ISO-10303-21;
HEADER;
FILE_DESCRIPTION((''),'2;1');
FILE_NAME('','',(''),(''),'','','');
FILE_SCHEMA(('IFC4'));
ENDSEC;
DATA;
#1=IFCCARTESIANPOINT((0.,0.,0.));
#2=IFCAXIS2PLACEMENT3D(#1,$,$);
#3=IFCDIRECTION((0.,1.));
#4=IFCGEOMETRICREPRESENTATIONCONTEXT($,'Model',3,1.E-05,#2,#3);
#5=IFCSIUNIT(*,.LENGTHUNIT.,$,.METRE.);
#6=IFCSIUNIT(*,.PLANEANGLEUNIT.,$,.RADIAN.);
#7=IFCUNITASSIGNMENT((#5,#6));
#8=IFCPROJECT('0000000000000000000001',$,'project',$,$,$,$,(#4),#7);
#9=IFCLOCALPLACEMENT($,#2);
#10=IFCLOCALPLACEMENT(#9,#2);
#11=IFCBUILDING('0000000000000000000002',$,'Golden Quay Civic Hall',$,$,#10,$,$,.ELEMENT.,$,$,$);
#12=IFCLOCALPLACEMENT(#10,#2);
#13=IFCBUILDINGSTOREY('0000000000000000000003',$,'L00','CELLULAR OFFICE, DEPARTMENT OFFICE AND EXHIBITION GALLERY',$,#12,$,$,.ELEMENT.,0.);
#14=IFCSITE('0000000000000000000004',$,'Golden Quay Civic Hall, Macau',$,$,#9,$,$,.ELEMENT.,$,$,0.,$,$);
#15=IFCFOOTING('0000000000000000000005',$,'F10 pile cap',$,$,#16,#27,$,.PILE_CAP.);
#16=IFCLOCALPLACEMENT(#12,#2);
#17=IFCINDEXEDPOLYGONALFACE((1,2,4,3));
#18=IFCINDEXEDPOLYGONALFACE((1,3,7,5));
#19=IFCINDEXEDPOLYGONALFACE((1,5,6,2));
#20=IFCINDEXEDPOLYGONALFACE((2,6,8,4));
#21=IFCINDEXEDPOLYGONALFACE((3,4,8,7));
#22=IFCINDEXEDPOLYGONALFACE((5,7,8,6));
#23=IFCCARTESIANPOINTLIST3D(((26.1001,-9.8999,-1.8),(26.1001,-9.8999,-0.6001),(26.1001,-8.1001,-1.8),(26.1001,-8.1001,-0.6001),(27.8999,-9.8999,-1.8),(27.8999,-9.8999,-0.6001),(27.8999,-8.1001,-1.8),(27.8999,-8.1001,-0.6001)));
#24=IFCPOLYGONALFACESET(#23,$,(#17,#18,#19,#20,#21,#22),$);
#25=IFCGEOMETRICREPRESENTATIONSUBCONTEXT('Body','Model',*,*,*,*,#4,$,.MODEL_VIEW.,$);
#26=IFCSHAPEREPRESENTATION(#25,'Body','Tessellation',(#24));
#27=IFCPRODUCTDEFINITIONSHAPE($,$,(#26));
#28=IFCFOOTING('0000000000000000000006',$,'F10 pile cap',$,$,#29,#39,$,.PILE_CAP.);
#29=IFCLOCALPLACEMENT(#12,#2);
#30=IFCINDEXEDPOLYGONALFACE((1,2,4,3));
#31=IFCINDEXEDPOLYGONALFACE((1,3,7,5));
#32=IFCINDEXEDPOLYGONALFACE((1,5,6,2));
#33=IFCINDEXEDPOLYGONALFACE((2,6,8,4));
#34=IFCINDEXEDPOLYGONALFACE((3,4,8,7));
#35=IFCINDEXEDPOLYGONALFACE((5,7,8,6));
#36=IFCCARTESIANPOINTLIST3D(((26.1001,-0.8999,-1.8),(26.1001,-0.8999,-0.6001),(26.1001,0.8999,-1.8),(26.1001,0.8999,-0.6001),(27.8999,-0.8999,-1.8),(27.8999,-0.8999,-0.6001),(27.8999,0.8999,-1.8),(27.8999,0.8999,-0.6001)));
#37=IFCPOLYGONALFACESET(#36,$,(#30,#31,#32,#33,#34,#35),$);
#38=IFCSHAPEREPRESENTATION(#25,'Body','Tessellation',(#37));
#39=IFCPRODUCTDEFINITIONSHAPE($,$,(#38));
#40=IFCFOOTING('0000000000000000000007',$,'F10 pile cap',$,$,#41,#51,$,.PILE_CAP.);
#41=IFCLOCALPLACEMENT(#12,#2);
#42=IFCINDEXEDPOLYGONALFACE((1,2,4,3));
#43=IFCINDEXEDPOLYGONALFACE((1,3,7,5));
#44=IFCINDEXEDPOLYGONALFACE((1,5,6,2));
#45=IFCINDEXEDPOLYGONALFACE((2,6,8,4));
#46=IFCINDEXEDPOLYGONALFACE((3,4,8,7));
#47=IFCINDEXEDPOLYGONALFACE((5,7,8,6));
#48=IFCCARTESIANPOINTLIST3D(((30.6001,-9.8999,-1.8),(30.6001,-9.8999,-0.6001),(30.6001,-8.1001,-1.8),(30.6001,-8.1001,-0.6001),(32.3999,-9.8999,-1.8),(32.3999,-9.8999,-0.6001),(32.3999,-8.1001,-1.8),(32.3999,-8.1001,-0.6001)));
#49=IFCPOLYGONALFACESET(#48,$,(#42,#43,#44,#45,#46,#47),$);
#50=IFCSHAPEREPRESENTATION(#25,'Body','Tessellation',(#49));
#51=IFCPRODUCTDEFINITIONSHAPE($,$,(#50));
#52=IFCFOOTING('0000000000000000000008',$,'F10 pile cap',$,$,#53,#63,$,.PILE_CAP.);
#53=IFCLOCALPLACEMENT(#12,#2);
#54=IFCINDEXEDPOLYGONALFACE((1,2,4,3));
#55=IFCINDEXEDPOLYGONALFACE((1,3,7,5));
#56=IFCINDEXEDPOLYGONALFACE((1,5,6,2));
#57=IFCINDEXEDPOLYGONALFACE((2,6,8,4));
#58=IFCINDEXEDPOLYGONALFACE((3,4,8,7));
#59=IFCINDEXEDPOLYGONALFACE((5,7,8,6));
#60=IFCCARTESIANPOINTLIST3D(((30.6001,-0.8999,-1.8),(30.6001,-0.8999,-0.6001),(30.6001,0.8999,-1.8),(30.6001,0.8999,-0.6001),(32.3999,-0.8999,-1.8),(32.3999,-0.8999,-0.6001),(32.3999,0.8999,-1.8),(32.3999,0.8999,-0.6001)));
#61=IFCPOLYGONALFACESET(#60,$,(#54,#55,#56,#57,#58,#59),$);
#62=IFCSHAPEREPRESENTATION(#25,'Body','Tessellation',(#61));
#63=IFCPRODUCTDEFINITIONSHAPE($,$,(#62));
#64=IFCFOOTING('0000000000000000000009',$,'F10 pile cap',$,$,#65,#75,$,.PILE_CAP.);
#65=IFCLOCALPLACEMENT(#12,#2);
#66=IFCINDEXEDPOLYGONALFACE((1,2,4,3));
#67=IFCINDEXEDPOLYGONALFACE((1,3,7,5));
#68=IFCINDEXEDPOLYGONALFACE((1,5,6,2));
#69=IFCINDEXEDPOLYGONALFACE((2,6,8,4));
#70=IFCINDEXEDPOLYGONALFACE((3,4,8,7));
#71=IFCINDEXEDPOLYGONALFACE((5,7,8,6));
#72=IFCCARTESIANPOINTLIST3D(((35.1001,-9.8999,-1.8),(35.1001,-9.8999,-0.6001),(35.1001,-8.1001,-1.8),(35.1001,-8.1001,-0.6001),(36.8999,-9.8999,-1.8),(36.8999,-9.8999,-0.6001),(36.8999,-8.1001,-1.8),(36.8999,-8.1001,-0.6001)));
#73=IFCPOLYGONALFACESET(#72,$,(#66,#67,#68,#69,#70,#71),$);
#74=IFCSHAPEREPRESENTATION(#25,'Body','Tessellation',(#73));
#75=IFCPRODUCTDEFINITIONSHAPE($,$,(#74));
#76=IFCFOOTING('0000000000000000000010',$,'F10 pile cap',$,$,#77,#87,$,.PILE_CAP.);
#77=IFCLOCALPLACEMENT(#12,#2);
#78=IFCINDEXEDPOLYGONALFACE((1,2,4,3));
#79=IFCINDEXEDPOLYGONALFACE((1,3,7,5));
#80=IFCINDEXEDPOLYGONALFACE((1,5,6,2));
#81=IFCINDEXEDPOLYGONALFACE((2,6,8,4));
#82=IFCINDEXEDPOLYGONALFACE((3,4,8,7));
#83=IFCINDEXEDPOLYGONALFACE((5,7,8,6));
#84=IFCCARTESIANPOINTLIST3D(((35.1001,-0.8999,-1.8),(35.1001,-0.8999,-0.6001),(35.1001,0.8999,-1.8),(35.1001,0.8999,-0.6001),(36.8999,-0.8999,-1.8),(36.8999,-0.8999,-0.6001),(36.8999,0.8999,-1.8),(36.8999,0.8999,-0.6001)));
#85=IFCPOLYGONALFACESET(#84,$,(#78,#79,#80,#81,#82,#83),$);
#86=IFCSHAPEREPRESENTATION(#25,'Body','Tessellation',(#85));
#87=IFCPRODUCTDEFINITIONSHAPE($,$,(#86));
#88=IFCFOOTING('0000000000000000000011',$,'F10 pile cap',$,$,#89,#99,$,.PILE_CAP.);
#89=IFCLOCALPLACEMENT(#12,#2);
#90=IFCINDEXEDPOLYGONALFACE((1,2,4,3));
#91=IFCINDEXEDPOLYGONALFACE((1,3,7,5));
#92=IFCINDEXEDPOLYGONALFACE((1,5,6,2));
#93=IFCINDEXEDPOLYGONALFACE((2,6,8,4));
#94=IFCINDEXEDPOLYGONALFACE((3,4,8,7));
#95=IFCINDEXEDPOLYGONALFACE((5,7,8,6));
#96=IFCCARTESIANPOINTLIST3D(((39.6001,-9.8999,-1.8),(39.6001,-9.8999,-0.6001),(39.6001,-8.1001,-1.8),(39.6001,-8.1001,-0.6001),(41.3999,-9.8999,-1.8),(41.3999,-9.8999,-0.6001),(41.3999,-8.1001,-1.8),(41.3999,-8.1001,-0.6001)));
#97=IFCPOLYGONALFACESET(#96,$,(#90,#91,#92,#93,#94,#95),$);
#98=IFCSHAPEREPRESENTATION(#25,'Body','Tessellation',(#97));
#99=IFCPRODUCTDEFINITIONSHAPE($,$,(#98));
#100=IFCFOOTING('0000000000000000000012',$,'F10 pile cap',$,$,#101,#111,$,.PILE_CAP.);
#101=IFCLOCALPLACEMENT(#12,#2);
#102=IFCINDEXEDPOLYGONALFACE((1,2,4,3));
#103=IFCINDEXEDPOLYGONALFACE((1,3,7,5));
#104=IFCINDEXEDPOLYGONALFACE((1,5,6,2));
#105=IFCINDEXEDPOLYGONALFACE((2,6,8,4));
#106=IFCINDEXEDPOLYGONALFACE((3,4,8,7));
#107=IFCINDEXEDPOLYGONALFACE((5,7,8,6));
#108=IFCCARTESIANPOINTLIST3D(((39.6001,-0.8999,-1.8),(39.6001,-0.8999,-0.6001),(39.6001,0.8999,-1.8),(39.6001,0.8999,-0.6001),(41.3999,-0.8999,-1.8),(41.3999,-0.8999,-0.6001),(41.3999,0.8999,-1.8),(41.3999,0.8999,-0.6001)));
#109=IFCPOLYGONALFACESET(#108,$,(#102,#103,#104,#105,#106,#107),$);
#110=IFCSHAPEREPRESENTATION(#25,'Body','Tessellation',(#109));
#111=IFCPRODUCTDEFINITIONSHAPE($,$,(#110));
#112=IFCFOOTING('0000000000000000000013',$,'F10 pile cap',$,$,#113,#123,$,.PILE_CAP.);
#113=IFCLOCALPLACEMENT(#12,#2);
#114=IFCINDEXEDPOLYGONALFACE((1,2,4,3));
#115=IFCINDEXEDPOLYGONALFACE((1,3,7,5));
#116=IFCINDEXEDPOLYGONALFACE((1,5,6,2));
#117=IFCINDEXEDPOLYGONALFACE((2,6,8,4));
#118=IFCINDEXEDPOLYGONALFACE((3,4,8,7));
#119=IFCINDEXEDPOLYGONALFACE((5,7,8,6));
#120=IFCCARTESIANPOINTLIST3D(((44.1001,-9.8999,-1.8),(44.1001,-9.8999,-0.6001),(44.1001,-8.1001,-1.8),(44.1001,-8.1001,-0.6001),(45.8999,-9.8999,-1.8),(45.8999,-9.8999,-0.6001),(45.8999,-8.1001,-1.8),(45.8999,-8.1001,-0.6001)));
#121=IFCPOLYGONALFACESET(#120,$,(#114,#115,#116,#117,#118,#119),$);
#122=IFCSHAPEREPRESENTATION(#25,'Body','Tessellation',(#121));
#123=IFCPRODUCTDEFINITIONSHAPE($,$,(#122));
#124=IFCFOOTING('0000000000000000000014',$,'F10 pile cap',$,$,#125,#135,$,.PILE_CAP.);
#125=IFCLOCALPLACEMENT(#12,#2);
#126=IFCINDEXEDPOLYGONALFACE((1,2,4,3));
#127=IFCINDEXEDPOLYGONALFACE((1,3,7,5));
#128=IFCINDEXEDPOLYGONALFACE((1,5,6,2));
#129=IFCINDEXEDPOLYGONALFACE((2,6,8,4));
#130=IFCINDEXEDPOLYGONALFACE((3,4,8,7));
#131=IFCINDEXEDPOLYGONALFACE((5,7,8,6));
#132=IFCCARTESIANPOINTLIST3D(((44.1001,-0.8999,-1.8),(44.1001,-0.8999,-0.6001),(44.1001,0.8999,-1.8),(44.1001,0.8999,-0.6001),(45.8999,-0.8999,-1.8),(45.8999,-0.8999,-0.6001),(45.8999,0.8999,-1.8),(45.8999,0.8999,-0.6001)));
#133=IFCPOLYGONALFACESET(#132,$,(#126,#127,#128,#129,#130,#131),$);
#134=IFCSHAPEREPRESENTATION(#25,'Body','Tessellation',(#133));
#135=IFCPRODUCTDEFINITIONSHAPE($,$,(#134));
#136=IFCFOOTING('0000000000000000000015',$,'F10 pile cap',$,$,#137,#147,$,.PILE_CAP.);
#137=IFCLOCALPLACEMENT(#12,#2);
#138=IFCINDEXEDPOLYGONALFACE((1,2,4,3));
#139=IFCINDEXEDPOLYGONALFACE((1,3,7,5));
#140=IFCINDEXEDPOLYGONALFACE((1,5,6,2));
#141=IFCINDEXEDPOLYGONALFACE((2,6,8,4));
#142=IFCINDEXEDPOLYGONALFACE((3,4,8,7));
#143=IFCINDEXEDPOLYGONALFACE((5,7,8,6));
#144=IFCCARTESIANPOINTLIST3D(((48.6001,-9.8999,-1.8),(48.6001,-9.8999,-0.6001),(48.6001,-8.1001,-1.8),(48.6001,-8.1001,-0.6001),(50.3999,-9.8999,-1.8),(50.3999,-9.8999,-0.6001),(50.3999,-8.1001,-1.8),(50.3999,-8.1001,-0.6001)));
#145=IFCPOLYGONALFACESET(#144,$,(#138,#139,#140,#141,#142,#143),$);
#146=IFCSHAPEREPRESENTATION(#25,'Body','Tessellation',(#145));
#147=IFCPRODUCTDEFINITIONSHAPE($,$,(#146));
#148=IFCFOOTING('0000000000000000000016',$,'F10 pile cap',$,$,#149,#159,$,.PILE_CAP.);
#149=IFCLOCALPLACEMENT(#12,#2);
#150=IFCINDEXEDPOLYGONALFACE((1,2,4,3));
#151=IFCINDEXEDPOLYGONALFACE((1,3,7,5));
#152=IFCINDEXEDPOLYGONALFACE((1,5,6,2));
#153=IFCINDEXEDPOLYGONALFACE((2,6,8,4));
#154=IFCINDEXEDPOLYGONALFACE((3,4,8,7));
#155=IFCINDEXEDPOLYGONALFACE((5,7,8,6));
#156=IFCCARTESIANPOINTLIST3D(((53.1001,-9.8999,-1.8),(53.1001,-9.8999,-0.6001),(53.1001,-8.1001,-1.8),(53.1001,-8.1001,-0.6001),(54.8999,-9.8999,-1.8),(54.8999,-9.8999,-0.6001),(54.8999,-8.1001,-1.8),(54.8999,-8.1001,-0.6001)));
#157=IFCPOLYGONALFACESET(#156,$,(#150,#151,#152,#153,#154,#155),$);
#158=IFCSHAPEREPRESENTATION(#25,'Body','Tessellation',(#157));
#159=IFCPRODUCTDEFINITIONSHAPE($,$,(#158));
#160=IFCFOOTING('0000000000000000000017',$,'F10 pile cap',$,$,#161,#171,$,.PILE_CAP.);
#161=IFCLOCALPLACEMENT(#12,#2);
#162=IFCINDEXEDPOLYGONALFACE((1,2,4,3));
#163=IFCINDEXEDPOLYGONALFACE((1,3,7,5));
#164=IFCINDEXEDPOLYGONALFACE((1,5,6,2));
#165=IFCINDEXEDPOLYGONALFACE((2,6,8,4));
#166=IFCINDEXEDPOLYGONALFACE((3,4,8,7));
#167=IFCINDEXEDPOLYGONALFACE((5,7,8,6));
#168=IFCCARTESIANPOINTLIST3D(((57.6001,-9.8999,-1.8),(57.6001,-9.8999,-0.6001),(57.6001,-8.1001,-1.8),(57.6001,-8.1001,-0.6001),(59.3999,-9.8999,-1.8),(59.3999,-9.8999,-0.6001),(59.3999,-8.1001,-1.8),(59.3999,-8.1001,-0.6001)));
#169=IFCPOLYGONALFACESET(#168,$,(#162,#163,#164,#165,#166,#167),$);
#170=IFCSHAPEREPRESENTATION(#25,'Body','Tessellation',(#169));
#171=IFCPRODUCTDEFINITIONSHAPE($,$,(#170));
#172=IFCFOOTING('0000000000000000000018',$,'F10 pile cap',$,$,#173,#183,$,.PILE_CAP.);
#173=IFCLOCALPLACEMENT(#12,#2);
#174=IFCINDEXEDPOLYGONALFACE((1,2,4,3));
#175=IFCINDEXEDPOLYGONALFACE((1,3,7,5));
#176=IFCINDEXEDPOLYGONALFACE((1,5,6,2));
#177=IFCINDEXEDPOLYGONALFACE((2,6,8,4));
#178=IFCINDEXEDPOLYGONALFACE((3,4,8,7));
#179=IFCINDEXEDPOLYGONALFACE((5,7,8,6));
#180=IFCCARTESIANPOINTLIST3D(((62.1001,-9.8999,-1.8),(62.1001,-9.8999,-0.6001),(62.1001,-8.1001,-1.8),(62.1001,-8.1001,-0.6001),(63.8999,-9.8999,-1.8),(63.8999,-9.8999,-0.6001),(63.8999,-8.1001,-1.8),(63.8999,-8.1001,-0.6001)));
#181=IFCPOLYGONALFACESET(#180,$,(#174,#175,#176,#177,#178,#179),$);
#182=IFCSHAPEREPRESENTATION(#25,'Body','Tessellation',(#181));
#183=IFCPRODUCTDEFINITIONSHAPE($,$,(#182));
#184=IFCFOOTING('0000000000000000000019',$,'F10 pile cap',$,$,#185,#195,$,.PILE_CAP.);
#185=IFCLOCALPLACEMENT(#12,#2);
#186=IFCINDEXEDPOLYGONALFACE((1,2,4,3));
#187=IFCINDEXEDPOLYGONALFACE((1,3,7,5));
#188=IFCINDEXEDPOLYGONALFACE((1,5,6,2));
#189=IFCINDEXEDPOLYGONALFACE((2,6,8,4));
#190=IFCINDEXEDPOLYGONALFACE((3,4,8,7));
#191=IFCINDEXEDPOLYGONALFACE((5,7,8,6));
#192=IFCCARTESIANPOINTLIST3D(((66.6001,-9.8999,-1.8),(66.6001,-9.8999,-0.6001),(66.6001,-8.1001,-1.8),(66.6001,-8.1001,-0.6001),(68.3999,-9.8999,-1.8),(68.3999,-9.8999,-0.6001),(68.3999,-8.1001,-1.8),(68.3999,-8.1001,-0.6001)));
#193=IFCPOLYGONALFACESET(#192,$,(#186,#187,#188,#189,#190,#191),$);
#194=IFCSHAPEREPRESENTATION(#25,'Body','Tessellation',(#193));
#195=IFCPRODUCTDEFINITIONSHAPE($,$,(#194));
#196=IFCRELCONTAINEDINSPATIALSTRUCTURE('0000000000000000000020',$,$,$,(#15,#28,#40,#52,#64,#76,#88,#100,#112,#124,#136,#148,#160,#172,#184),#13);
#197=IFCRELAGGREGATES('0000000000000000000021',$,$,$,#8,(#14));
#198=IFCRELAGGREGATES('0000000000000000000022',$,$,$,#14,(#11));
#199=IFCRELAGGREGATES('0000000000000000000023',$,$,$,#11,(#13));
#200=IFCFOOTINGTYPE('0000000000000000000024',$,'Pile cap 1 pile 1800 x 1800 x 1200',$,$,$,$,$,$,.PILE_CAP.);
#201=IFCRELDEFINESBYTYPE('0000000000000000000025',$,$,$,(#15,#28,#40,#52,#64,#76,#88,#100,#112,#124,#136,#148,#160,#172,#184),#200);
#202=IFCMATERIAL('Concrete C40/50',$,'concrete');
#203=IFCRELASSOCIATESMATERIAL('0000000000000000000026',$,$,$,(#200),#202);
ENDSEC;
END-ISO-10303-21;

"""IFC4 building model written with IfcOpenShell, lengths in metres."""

from ifc_helpers import new_model, si_unit, direction, frame, origin, place, context, subcontext, project, spatial, polyline, outline, extrude, material, type_object, element, save


model = new_model("IFC4")

# Units and contexts
model_context = context("Model", 3, precision=1e-05, world=origin(), true_north=direction((0.0, 1.0)))
body_context = subcontext(model_context, "Body", "Model", "MODEL_VIEW")
ifc_project = project(units=[si_unit("LENGTHUNIT", "METRE"), si_unit("PLANEANGLEUNIT", "RADIAN")], contexts=[model_context])

# Site, building, storey
site_placement = place(None, origin())
site = spatial("IfcSite", under=ifc_project, at=site_placement, Name="Golden Quay Civic Hall, Macau", CompositionType="ELEMENT", RefElevation=0.0)
building_placement = place(site_placement, origin())
building = spatial("IfcBuilding", under=site, at=building_placement, Name="Golden Quay Civic Hall", CompositionType="ELEMENT")
storey_placement = place(building_placement, origin())
storey = spatial("IfcBuildingStorey", under=building, at=storey_placement, Name="L00", Description="CELLULAR OFFICE, DEPARTMENT OFFICE AND EXHIBITION GALLERY", CompositionType="ELEMENT", Elevation=0.0)

# Footings
ifc_material_1 = material(Name="Concrete C40/50", Category="concrete")
footing_type_1 = type_object("IfcFootingType", Name="Pile cap 1 pile 1800 x 1800 x 1200", PredefinedType="PILE_CAP", material=ifc_material_1)
footing_1_placement = place(storey_placement, frame((0.0, 0.0, -1.8)))
element("IfcFooting", 1, at=footing_1_placement, inside=storey, type_object=footing_type_1, Name="F10 pile cap", PredefinedType="PILE_CAP", context=body_context, shape_type="SweptSolid", body=[
    extrude(outline(polyline([(27.8999, -9.8999), (27.8999, -8.1001), (26.1001, -8.1001), (26.1001, -9.8999), (27.8999, -9.8999)])), origin(), (0.0, 0.0, 1.0), 1.2),
])
footing_2_placement = place(storey_placement, frame((0.0, 0.0, -1.8)))
element("IfcFooting", 2, at=footing_2_placement, inside=storey, type_object=footing_type_1, Name="F10 pile cap", PredefinedType="PILE_CAP", context=body_context, shape_type="SweptSolid", body=[
    extrude(outline(polyline([(27.8999, -0.8999), (27.8999, 0.8999), (26.1001, 0.8999), (26.1001, -0.8999), (27.8999, -0.8999)])), origin(), (0.0, 0.0, 1.0), 1.2),
])
footing_3_placement = place(storey_placement, frame((0.0, 0.0, -1.8)))
element("IfcFooting", 3, at=footing_3_placement, inside=storey, type_object=footing_type_1, Name="F10 pile cap", PredefinedType="PILE_CAP", context=body_context, shape_type="SweptSolid", body=[
    extrude(outline(polyline([(32.3999, -9.8999), (32.3999, -8.1001), (30.6001, -8.1001), (30.6001, -9.8999), (32.3999, -9.8999)])), origin(), (0.0, 0.0, 1.0), 1.2),
])
footing_4_placement = place(storey_placement, frame((0.0, 0.0, -1.8)))
element("IfcFooting", 4, at=footing_4_placement, inside=storey, type_object=footing_type_1, Name="F10 pile cap", PredefinedType="PILE_CAP", context=body_context, shape_type="SweptSolid", body=[
    extrude(outline(polyline([(32.3999, -0.8999), (32.3999, 0.8999), (30.6001, 0.8999), (30.6001, -0.8999), (32.3999, -0.8999)])), origin(), (0.0, 0.0, 1.0), 1.2),
])
footing_5_placement = place(storey_placement, frame((0.0, 0.0, -1.8)))
element("IfcFooting", 5, at=footing_5_placement, inside=storey, type_object=footing_type_1, Name="F10 pile cap", PredefinedType="PILE_CAP", context=body_context, shape_type="SweptSolid", body=[
    extrude(outline(polyline([(36.8999, -9.8999), (36.8999, -8.1001), (35.1001, -8.1001), (35.1001, -9.8999), (36.8999, -9.8999)])), origin(), (0.0, 0.0, 1.0), 1.2),
])
footing_6_placement = place(storey_placement, frame((0.0, 0.0, -1.8)))
element("IfcFooting", 6, at=footing_6_placement, inside=storey, type_object=footing_type_1, Name="F10 pile cap", PredefinedType="PILE_CAP", context=body_context, shape_type="SweptSolid", body=[
    extrude(outline(polyline([(36.8999, -0.8999), (36.8999, 0.8999), (35.1001, 0.8999), (35.1001, -0.8999), (36.8999, -0.8999)])), origin(), (0.0, 0.0, 1.0), 1.2),
])
footing_7_placement = place(storey_placement, frame((0.0, 0.0, -1.8)))
element("IfcFooting", 7, at=footing_7_placement, inside=storey, type_object=footing_type_1, Name="F10 pile cap", PredefinedType="PILE_CAP", context=body_context, shape_type="SweptSolid", body=[
    extrude(outline(polyline([(41.3999, -9.8999), (41.3999, -8.1001), (39.6001, -8.1001), (39.6001, -9.8999), (41.3999, -9.8999)])), origin(), (0.0, 0.0, 1.0), 1.2),
])
footing_8_placement = place(storey_placement, frame((0.0, 0.0, -1.8)))
element("IfcFooting", 8, at=footing_8_placement, inside=storey, type_object=footing_type_1, Name="F10 pile cap", PredefinedType="PILE_CAP", context=body_context, shape_type="SweptSolid", body=[
    extrude(outline(polyline([(41.3999, -0.8999), (41.3999, 0.8999), (39.6001, 0.8999), (39.6001, -0.8999), (41.3999, -0.8999)])), origin(), (0.0, 0.0, 1.0), 1.2),
])
footing_9_placement = place(storey_placement, frame((0.0, 0.0, -1.8)))
element("IfcFooting", 9, at=footing_9_placement, inside=storey, type_object=footing_type_1, Name="F10 pile cap", PredefinedType="PILE_CAP", context=body_context, shape_type="SweptSolid", body=[
    extrude(outline(polyline([(45.8999, -9.8999), (45.8999, -8.1001), (44.1001, -8.1001), (44.1001, -9.8999), (45.8999, -9.8999)])), origin(), (0.0, 0.0, 1.0), 1.2),
])
footing_10_placement = place(storey_placement, frame((0.0, 0.0, -1.8)))
element("IfcFooting", 10, at=footing_10_placement, inside=storey, type_object=footing_type_1, Name="F10 pile cap", PredefinedType="PILE_CAP", context=body_context, shape_type="SweptSolid", body=[
    extrude(outline(polyline([(45.8999, -0.8999), (45.8999, 0.8999), (44.1001, 0.8999), (44.1001, -0.8999), (45.8999, -0.8999)])), origin(), (0.0, 0.0, 1.0), 1.2),
])
footing_11_placement = place(storey_placement, frame((0.0, 0.0, -1.8)))
element("IfcFooting", 11, at=footing_11_placement, inside=storey, type_object=footing_type_1, Name="F10 pile cap", PredefinedType="PILE_CAP", context=body_context, shape_type="SweptSolid", body=[
    extrude(outline(polyline([(50.3999, -9.8999), (50.3999, -8.1001), (48.6001, -8.1001), (48.6001, -9.8999), (50.3999, -9.8999)])), origin(), (0.0, 0.0, 1.0), 1.2),
])
footing_12_placement = place(storey_placement, frame((0.0, 0.0, -1.8)))
element("IfcFooting", 12, at=footing_12_placement, inside=storey, type_object=footing_type_1, Name="F10 pile cap", PredefinedType="PILE_CAP", context=body_context, shape_type="SweptSolid", body=[
    extrude(outline(polyline([(54.8999, -9.8999), (54.8999, -8.1001), (53.1001, -8.1001), (53.1001, -9.8999), (54.8999, -9.8999)])), origin(), (0.0, 0.0, 1.0), 1.2),
])
footing_13_placement = place(storey_placement, frame((0.0, 0.0, -1.8)))
element("IfcFooting", 13, at=footing_13_placement, inside=storey, type_object=footing_type_1, Name="F10 pile cap", PredefinedType="PILE_CAP", context=body_context, shape_type="SweptSolid", body=[
    extrude(outline(polyline([(59.3999, -9.8999), (59.3999, -8.1001), (57.6001, -8.1001), (57.6001, -9.8999), (59.3999, -9.8999)])), origin(), (0.0, 0.0, 1.0), 1.2),
])
footing_14_placement = place(storey_placement, frame((0.0, 0.0, -1.8)))
element("IfcFooting", 14, at=footing_14_placement, inside=storey, type_object=footing_type_1, Name="F10 pile cap", PredefinedType="PILE_CAP", context=body_context, shape_type="SweptSolid", body=[
    extrude(outline(polyline([(63.8999, -9.8999), (63.8999, -8.1001), (62.1001, -8.1001), (62.1001, -9.8999), (63.8999, -9.8999)])), origin(), (0.0, 0.0, 1.0), 1.2),
])
footing_15_placement = place(storey_placement, frame((0.0, 0.0, -1.8)))
element("IfcFooting", 15, at=footing_15_placement, inside=storey, type_object=footing_type_1, Name="F10 pile cap", PredefinedType="PILE_CAP", context=body_context, shape_type="SweptSolid", body=[
    extrude(outline(polyline([(68.3999, -9.8999), (68.3999, -8.1001), (66.6001, -8.1001), (66.6001, -9.8999), (68.3999, -9.8999)])), origin(), (0.0, 0.0, 1.0), 1.2),
])

save(model, "model.ifc")
